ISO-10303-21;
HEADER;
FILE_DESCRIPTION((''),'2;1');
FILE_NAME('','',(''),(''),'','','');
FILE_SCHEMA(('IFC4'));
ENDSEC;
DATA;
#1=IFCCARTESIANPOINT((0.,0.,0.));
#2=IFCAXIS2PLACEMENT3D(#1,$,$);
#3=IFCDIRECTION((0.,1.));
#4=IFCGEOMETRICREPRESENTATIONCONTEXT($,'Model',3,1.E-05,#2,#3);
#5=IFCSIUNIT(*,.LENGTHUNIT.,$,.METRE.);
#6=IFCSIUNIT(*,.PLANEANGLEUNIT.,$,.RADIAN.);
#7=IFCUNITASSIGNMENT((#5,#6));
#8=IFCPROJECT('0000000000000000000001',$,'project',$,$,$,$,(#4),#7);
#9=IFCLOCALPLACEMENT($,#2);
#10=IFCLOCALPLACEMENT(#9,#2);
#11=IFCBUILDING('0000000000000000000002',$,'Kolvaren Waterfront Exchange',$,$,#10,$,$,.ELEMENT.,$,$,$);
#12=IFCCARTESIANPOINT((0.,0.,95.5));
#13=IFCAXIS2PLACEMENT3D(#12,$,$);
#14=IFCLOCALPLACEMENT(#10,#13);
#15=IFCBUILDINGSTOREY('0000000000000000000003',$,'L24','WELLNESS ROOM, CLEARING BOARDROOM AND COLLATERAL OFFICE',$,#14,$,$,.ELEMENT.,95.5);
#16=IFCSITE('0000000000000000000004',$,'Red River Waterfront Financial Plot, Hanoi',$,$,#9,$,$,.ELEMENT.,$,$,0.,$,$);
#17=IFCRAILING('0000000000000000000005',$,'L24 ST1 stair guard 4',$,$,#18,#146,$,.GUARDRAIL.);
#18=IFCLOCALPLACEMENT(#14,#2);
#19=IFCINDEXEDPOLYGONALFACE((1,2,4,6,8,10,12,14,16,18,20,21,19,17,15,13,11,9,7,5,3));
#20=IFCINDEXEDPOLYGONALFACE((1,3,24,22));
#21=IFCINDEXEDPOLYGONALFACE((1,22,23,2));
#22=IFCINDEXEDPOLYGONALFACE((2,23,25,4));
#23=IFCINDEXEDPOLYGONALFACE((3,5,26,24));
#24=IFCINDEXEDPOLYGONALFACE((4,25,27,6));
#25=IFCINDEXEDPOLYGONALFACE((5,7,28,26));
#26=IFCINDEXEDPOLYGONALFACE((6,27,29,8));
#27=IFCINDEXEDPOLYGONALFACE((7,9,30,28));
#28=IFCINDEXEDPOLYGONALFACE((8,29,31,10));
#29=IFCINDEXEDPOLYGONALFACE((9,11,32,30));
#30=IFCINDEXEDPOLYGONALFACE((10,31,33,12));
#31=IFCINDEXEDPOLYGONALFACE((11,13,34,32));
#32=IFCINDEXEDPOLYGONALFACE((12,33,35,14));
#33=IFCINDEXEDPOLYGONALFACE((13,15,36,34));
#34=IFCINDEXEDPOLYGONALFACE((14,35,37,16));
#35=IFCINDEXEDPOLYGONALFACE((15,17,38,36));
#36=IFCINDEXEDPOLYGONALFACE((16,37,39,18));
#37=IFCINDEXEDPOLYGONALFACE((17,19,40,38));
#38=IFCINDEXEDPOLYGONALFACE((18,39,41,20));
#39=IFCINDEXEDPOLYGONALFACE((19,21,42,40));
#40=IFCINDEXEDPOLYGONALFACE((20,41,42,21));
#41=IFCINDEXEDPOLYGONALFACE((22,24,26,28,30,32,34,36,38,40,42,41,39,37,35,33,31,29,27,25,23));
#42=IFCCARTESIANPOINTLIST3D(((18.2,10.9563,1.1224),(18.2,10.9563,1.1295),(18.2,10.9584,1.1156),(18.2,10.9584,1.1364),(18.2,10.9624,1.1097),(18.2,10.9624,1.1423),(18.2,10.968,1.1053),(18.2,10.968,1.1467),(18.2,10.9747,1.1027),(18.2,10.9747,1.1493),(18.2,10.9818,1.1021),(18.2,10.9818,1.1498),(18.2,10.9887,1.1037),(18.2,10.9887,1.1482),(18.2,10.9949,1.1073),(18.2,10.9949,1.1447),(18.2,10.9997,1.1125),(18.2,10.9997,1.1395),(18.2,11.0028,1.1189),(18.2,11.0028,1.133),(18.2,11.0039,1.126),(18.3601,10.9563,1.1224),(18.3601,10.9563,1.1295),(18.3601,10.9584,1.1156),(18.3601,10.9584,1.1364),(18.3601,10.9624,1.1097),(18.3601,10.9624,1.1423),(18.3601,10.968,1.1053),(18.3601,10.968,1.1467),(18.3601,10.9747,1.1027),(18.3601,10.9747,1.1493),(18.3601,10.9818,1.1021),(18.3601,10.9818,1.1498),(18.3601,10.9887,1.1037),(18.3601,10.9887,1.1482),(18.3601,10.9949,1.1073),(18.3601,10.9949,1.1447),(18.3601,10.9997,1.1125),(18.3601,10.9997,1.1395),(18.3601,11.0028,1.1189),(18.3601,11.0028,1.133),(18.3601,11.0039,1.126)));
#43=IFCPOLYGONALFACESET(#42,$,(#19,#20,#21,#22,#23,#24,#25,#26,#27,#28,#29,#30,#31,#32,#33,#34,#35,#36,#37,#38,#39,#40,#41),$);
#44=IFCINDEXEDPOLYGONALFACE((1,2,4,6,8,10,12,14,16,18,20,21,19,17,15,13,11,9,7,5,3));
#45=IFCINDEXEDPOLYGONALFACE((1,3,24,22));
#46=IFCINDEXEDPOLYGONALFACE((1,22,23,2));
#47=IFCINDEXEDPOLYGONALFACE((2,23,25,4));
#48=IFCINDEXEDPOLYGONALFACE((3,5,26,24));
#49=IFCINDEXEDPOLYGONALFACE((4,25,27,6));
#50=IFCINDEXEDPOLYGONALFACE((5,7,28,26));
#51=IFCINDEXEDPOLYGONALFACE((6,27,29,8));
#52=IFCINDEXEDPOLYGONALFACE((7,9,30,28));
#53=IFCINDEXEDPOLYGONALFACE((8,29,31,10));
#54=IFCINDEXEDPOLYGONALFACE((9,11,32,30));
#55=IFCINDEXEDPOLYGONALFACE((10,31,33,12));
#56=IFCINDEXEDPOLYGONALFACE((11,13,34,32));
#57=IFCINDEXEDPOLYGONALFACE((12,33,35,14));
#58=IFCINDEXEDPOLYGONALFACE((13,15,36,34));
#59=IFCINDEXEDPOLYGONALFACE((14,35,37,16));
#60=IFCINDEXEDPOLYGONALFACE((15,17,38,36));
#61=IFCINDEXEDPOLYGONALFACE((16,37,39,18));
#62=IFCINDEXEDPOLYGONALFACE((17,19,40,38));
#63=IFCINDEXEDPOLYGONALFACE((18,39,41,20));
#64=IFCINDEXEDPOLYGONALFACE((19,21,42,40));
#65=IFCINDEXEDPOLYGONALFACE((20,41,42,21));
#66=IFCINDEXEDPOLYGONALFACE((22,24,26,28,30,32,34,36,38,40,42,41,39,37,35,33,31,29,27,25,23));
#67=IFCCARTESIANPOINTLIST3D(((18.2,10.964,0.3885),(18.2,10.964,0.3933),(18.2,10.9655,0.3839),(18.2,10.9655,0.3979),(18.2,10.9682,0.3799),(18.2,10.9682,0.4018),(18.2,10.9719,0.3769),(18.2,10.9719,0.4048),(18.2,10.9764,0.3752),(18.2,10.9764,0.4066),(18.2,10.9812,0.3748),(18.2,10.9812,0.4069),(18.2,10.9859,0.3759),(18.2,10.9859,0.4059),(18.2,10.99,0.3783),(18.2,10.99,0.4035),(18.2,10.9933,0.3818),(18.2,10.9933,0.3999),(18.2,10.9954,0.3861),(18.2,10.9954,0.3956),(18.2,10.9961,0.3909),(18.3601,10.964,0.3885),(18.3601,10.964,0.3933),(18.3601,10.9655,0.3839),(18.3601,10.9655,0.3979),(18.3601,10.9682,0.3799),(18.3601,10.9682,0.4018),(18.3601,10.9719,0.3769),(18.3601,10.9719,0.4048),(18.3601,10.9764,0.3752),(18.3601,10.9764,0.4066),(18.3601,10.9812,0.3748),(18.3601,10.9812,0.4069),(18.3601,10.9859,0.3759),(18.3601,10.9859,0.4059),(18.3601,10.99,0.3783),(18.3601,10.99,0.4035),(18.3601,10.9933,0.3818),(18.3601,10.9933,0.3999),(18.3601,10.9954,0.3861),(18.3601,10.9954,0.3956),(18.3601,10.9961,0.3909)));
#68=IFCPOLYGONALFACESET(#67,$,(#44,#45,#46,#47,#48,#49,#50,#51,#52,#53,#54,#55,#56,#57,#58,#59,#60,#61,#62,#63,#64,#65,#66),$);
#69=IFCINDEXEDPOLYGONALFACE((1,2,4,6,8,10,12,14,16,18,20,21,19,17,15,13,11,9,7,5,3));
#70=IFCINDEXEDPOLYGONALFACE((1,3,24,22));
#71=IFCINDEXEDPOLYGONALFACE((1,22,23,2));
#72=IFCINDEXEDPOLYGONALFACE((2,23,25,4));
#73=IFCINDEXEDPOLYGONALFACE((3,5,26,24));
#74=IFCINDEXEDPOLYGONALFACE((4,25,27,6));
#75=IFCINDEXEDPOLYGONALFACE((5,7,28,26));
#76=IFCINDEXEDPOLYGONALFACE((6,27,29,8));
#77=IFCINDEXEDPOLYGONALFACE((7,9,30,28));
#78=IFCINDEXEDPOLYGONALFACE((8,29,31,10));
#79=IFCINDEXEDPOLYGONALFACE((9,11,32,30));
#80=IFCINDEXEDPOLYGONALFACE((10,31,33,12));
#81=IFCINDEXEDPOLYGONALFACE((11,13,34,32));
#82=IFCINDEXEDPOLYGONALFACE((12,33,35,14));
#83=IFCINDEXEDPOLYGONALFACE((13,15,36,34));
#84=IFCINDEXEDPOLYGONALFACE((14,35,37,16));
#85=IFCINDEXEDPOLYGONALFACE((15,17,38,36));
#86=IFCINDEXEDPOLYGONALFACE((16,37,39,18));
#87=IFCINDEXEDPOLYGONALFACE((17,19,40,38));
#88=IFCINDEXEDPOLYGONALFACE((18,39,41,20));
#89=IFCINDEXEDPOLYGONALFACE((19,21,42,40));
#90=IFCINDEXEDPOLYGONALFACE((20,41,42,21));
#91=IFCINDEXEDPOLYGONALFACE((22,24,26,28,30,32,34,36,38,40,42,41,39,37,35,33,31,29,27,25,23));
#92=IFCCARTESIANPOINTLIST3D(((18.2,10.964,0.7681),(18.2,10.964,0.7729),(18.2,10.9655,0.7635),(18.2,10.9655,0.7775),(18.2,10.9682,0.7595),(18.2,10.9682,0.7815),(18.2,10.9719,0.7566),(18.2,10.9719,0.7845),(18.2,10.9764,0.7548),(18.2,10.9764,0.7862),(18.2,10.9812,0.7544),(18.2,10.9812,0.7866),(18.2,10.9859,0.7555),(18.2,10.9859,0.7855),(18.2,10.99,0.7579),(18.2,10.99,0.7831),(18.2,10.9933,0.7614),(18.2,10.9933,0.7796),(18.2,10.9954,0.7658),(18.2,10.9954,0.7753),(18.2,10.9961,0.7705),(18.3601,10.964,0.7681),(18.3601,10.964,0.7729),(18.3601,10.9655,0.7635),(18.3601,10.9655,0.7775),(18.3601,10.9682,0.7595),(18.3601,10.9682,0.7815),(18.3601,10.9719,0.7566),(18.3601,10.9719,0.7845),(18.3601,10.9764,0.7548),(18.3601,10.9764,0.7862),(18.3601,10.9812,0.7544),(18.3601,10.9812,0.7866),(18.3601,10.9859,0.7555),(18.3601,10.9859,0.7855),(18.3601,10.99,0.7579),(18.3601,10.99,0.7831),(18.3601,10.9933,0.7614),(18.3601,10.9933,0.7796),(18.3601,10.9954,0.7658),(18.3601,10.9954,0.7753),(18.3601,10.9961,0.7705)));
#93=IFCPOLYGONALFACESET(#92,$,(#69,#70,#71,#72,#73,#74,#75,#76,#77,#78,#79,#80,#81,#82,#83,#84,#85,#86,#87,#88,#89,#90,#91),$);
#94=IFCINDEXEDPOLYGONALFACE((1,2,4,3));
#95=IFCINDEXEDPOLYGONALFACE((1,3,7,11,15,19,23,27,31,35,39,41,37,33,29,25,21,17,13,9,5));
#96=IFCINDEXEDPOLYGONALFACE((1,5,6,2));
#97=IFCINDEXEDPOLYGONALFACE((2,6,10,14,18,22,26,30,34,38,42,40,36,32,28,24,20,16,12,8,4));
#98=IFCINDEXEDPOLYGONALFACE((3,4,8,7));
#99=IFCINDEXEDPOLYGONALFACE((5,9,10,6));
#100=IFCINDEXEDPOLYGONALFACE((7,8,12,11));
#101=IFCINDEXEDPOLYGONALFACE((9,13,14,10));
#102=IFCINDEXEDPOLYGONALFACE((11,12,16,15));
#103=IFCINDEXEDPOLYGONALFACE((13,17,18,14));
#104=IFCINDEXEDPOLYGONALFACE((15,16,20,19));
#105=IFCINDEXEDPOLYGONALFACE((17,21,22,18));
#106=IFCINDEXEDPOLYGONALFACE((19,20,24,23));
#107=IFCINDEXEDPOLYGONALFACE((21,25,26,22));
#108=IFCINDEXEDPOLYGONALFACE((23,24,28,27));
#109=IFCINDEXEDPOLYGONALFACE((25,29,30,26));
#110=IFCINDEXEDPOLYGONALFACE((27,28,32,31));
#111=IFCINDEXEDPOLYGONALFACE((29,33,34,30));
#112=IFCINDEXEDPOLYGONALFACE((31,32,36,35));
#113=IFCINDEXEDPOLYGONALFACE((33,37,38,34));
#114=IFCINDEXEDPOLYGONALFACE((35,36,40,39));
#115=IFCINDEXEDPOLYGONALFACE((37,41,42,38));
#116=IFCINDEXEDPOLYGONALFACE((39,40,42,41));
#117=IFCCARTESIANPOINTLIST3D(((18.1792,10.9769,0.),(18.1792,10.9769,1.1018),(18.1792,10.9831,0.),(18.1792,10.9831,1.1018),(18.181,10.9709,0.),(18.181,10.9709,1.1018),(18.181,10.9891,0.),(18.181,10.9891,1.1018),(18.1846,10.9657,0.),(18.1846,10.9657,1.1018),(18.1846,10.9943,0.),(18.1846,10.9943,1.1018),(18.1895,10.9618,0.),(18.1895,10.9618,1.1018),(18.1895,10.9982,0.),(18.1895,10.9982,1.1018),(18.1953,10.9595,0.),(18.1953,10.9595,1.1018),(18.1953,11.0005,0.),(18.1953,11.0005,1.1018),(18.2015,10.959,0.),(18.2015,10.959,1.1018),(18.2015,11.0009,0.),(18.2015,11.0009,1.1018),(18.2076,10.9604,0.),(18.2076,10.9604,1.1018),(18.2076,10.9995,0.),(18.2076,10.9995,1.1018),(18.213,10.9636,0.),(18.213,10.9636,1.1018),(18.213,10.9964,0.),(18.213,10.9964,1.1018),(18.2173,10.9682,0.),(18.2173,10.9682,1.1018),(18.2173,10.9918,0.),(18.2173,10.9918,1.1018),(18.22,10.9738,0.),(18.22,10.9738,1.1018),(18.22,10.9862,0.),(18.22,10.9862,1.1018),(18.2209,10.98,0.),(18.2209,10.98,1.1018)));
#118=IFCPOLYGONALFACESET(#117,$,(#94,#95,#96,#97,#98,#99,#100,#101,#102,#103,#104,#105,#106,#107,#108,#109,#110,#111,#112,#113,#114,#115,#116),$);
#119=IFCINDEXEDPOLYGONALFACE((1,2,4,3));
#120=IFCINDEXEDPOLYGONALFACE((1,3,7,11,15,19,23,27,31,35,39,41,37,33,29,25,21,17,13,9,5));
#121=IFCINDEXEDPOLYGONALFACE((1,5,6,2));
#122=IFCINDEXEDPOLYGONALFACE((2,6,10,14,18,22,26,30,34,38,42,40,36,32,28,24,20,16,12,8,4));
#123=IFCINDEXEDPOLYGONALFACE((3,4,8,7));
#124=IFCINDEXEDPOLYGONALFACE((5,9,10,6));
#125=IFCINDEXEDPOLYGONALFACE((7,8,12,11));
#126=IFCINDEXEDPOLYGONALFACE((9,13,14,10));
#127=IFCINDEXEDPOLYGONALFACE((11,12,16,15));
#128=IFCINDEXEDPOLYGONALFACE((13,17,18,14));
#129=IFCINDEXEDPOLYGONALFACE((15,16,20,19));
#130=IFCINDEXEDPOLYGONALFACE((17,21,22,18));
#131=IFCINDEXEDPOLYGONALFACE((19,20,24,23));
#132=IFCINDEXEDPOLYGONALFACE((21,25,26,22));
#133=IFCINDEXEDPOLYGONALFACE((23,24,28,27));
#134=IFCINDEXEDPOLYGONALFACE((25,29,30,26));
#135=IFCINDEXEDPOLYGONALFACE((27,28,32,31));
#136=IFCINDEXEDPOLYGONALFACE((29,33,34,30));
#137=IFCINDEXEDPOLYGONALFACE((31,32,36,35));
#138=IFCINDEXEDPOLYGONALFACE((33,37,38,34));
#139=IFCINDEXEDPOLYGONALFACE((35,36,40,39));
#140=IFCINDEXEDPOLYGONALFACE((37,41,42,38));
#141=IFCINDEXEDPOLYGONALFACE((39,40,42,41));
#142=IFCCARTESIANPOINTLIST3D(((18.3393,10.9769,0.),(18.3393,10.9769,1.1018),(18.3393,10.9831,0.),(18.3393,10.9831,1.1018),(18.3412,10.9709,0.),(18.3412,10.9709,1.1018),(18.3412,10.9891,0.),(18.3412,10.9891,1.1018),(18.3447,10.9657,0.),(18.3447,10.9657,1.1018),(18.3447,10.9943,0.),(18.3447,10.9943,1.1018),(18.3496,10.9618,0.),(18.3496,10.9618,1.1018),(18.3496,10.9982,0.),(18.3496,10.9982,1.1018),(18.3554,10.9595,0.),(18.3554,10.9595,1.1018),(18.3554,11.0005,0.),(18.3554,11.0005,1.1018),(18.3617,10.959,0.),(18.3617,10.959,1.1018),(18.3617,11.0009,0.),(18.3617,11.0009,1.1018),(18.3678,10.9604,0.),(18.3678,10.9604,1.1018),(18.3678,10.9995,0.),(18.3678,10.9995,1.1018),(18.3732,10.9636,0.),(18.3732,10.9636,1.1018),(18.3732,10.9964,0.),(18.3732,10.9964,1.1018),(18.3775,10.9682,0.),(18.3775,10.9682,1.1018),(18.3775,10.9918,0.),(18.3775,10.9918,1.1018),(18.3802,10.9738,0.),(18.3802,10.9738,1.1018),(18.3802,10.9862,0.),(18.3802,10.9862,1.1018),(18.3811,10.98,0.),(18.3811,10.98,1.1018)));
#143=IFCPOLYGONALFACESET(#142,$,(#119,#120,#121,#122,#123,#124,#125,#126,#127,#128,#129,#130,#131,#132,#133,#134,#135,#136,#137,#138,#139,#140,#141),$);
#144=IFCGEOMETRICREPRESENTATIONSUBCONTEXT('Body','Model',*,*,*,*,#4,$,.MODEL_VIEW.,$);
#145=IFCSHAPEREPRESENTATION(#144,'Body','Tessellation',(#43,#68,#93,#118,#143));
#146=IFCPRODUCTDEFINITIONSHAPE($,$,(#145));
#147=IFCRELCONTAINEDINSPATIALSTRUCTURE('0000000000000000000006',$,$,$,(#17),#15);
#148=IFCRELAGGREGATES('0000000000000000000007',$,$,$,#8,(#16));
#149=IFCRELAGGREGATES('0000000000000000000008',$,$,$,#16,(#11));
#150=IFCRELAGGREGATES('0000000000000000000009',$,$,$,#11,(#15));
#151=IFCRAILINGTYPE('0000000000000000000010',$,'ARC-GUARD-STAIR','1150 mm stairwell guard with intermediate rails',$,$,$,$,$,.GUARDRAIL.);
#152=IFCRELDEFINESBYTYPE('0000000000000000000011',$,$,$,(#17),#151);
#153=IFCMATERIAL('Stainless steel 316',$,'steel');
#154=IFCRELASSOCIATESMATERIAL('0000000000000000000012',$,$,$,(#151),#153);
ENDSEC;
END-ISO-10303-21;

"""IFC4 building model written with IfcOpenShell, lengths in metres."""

from ifc_helpers import new_model, si_unit, direction, frame, origin, origin_2d, place, context, subcontext, project, spatial, circle, extrude, material, type_object, element, save


model = new_model("IFC4")

# Units and contexts
model_context = context("Model", 3, precision=1e-05, world=origin(), true_north=direction((0.0, 1.0)))
body_context = subcontext(model_context, "Body", "Model", "MODEL_VIEW")
ifc_project = project(units=[si_unit("LENGTHUNIT", "METRE"), si_unit("PLANEANGLEUNIT", "RADIAN")], contexts=[model_context])

# Site, building, storey
site_placement = place(None, origin())
site = spatial("IfcSite", under=ifc_project, at=site_placement, Name="Red River Waterfront Financial Plot, Hanoi", CompositionType="ELEMENT", RefElevation=0.0)
building_placement = place(site_placement, origin())
building = spatial("IfcBuilding", under=site, at=building_placement, Name="Kolvaren Waterfront Exchange", CompositionType="ELEMENT")
storey_placement = place(building_placement, frame((0.0, 0.0, 95.5)))
storey = spatial("IfcBuildingStorey", under=building, at=storey_placement, Name="L24", Description="WELLNESS ROOM, CLEARING BOARDROOM AND COLLATERAL OFFICE", CompositionType="ELEMENT", Elevation=95.5)

# Railing
ifc_material_1 = material(Name="Stainless steel 316", Category="steel")
railing_type_1 = type_object("IfcRailingType", Name="ARC-GUARD-STAIR", Description="1150 mm stairwell guard with intermediate rails", PredefinedType="GUARDRAIL", material=ifc_material_1)
railing_1_placement = place(storey_placement, frame((18.2, 10.98, 0.0)))
element("IfcRailing", 1, at=railing_1_placement, inside=storey, type_object=railing_type_1, Name="L24 ST1 stair guard 4", PredefinedType="GUARDRAIL", context=body_context, shape_type="SweptSolid", body=[
    extrude(circle(Radius=0.0239, at=origin_2d()), frame((0.0, 0.0, 1.126), z_axis=(1.0, 0.0, 0.0), x_axis=(0.0, 1.0, 0.0)), (0.0, 0.0, 1.0), 0.1602),
    extrude(circle(Radius=0.0161, at=origin_2d()), frame((0.0, 0.0, 0.3909), z_axis=(1.0, 0.0, 0.0), x_axis=(0.0, 1.0, 0.0)), (0.0, 0.0, 1.0), 0.1602),
    extrude(circle(Radius=0.0161, at=origin_2d()), frame((0.0, 0.0, 0.7705), z_axis=(1.0, 0.0, 0.0), x_axis=(0.0, 1.0, 0.0)), (0.0, 0.0, 1.0), 0.1602),
    extrude(circle(Radius=0.021, at=origin_2d()), origin(), (0.0, 0.0, 1.0), 1.1018),
    extrude(circle(Radius=0.021, at=origin_2d()), frame((0.1602, 0.0, 0.0)), (0.0, 0.0, 1.0), 1.1018),
])

save(model, "model.ifc")
